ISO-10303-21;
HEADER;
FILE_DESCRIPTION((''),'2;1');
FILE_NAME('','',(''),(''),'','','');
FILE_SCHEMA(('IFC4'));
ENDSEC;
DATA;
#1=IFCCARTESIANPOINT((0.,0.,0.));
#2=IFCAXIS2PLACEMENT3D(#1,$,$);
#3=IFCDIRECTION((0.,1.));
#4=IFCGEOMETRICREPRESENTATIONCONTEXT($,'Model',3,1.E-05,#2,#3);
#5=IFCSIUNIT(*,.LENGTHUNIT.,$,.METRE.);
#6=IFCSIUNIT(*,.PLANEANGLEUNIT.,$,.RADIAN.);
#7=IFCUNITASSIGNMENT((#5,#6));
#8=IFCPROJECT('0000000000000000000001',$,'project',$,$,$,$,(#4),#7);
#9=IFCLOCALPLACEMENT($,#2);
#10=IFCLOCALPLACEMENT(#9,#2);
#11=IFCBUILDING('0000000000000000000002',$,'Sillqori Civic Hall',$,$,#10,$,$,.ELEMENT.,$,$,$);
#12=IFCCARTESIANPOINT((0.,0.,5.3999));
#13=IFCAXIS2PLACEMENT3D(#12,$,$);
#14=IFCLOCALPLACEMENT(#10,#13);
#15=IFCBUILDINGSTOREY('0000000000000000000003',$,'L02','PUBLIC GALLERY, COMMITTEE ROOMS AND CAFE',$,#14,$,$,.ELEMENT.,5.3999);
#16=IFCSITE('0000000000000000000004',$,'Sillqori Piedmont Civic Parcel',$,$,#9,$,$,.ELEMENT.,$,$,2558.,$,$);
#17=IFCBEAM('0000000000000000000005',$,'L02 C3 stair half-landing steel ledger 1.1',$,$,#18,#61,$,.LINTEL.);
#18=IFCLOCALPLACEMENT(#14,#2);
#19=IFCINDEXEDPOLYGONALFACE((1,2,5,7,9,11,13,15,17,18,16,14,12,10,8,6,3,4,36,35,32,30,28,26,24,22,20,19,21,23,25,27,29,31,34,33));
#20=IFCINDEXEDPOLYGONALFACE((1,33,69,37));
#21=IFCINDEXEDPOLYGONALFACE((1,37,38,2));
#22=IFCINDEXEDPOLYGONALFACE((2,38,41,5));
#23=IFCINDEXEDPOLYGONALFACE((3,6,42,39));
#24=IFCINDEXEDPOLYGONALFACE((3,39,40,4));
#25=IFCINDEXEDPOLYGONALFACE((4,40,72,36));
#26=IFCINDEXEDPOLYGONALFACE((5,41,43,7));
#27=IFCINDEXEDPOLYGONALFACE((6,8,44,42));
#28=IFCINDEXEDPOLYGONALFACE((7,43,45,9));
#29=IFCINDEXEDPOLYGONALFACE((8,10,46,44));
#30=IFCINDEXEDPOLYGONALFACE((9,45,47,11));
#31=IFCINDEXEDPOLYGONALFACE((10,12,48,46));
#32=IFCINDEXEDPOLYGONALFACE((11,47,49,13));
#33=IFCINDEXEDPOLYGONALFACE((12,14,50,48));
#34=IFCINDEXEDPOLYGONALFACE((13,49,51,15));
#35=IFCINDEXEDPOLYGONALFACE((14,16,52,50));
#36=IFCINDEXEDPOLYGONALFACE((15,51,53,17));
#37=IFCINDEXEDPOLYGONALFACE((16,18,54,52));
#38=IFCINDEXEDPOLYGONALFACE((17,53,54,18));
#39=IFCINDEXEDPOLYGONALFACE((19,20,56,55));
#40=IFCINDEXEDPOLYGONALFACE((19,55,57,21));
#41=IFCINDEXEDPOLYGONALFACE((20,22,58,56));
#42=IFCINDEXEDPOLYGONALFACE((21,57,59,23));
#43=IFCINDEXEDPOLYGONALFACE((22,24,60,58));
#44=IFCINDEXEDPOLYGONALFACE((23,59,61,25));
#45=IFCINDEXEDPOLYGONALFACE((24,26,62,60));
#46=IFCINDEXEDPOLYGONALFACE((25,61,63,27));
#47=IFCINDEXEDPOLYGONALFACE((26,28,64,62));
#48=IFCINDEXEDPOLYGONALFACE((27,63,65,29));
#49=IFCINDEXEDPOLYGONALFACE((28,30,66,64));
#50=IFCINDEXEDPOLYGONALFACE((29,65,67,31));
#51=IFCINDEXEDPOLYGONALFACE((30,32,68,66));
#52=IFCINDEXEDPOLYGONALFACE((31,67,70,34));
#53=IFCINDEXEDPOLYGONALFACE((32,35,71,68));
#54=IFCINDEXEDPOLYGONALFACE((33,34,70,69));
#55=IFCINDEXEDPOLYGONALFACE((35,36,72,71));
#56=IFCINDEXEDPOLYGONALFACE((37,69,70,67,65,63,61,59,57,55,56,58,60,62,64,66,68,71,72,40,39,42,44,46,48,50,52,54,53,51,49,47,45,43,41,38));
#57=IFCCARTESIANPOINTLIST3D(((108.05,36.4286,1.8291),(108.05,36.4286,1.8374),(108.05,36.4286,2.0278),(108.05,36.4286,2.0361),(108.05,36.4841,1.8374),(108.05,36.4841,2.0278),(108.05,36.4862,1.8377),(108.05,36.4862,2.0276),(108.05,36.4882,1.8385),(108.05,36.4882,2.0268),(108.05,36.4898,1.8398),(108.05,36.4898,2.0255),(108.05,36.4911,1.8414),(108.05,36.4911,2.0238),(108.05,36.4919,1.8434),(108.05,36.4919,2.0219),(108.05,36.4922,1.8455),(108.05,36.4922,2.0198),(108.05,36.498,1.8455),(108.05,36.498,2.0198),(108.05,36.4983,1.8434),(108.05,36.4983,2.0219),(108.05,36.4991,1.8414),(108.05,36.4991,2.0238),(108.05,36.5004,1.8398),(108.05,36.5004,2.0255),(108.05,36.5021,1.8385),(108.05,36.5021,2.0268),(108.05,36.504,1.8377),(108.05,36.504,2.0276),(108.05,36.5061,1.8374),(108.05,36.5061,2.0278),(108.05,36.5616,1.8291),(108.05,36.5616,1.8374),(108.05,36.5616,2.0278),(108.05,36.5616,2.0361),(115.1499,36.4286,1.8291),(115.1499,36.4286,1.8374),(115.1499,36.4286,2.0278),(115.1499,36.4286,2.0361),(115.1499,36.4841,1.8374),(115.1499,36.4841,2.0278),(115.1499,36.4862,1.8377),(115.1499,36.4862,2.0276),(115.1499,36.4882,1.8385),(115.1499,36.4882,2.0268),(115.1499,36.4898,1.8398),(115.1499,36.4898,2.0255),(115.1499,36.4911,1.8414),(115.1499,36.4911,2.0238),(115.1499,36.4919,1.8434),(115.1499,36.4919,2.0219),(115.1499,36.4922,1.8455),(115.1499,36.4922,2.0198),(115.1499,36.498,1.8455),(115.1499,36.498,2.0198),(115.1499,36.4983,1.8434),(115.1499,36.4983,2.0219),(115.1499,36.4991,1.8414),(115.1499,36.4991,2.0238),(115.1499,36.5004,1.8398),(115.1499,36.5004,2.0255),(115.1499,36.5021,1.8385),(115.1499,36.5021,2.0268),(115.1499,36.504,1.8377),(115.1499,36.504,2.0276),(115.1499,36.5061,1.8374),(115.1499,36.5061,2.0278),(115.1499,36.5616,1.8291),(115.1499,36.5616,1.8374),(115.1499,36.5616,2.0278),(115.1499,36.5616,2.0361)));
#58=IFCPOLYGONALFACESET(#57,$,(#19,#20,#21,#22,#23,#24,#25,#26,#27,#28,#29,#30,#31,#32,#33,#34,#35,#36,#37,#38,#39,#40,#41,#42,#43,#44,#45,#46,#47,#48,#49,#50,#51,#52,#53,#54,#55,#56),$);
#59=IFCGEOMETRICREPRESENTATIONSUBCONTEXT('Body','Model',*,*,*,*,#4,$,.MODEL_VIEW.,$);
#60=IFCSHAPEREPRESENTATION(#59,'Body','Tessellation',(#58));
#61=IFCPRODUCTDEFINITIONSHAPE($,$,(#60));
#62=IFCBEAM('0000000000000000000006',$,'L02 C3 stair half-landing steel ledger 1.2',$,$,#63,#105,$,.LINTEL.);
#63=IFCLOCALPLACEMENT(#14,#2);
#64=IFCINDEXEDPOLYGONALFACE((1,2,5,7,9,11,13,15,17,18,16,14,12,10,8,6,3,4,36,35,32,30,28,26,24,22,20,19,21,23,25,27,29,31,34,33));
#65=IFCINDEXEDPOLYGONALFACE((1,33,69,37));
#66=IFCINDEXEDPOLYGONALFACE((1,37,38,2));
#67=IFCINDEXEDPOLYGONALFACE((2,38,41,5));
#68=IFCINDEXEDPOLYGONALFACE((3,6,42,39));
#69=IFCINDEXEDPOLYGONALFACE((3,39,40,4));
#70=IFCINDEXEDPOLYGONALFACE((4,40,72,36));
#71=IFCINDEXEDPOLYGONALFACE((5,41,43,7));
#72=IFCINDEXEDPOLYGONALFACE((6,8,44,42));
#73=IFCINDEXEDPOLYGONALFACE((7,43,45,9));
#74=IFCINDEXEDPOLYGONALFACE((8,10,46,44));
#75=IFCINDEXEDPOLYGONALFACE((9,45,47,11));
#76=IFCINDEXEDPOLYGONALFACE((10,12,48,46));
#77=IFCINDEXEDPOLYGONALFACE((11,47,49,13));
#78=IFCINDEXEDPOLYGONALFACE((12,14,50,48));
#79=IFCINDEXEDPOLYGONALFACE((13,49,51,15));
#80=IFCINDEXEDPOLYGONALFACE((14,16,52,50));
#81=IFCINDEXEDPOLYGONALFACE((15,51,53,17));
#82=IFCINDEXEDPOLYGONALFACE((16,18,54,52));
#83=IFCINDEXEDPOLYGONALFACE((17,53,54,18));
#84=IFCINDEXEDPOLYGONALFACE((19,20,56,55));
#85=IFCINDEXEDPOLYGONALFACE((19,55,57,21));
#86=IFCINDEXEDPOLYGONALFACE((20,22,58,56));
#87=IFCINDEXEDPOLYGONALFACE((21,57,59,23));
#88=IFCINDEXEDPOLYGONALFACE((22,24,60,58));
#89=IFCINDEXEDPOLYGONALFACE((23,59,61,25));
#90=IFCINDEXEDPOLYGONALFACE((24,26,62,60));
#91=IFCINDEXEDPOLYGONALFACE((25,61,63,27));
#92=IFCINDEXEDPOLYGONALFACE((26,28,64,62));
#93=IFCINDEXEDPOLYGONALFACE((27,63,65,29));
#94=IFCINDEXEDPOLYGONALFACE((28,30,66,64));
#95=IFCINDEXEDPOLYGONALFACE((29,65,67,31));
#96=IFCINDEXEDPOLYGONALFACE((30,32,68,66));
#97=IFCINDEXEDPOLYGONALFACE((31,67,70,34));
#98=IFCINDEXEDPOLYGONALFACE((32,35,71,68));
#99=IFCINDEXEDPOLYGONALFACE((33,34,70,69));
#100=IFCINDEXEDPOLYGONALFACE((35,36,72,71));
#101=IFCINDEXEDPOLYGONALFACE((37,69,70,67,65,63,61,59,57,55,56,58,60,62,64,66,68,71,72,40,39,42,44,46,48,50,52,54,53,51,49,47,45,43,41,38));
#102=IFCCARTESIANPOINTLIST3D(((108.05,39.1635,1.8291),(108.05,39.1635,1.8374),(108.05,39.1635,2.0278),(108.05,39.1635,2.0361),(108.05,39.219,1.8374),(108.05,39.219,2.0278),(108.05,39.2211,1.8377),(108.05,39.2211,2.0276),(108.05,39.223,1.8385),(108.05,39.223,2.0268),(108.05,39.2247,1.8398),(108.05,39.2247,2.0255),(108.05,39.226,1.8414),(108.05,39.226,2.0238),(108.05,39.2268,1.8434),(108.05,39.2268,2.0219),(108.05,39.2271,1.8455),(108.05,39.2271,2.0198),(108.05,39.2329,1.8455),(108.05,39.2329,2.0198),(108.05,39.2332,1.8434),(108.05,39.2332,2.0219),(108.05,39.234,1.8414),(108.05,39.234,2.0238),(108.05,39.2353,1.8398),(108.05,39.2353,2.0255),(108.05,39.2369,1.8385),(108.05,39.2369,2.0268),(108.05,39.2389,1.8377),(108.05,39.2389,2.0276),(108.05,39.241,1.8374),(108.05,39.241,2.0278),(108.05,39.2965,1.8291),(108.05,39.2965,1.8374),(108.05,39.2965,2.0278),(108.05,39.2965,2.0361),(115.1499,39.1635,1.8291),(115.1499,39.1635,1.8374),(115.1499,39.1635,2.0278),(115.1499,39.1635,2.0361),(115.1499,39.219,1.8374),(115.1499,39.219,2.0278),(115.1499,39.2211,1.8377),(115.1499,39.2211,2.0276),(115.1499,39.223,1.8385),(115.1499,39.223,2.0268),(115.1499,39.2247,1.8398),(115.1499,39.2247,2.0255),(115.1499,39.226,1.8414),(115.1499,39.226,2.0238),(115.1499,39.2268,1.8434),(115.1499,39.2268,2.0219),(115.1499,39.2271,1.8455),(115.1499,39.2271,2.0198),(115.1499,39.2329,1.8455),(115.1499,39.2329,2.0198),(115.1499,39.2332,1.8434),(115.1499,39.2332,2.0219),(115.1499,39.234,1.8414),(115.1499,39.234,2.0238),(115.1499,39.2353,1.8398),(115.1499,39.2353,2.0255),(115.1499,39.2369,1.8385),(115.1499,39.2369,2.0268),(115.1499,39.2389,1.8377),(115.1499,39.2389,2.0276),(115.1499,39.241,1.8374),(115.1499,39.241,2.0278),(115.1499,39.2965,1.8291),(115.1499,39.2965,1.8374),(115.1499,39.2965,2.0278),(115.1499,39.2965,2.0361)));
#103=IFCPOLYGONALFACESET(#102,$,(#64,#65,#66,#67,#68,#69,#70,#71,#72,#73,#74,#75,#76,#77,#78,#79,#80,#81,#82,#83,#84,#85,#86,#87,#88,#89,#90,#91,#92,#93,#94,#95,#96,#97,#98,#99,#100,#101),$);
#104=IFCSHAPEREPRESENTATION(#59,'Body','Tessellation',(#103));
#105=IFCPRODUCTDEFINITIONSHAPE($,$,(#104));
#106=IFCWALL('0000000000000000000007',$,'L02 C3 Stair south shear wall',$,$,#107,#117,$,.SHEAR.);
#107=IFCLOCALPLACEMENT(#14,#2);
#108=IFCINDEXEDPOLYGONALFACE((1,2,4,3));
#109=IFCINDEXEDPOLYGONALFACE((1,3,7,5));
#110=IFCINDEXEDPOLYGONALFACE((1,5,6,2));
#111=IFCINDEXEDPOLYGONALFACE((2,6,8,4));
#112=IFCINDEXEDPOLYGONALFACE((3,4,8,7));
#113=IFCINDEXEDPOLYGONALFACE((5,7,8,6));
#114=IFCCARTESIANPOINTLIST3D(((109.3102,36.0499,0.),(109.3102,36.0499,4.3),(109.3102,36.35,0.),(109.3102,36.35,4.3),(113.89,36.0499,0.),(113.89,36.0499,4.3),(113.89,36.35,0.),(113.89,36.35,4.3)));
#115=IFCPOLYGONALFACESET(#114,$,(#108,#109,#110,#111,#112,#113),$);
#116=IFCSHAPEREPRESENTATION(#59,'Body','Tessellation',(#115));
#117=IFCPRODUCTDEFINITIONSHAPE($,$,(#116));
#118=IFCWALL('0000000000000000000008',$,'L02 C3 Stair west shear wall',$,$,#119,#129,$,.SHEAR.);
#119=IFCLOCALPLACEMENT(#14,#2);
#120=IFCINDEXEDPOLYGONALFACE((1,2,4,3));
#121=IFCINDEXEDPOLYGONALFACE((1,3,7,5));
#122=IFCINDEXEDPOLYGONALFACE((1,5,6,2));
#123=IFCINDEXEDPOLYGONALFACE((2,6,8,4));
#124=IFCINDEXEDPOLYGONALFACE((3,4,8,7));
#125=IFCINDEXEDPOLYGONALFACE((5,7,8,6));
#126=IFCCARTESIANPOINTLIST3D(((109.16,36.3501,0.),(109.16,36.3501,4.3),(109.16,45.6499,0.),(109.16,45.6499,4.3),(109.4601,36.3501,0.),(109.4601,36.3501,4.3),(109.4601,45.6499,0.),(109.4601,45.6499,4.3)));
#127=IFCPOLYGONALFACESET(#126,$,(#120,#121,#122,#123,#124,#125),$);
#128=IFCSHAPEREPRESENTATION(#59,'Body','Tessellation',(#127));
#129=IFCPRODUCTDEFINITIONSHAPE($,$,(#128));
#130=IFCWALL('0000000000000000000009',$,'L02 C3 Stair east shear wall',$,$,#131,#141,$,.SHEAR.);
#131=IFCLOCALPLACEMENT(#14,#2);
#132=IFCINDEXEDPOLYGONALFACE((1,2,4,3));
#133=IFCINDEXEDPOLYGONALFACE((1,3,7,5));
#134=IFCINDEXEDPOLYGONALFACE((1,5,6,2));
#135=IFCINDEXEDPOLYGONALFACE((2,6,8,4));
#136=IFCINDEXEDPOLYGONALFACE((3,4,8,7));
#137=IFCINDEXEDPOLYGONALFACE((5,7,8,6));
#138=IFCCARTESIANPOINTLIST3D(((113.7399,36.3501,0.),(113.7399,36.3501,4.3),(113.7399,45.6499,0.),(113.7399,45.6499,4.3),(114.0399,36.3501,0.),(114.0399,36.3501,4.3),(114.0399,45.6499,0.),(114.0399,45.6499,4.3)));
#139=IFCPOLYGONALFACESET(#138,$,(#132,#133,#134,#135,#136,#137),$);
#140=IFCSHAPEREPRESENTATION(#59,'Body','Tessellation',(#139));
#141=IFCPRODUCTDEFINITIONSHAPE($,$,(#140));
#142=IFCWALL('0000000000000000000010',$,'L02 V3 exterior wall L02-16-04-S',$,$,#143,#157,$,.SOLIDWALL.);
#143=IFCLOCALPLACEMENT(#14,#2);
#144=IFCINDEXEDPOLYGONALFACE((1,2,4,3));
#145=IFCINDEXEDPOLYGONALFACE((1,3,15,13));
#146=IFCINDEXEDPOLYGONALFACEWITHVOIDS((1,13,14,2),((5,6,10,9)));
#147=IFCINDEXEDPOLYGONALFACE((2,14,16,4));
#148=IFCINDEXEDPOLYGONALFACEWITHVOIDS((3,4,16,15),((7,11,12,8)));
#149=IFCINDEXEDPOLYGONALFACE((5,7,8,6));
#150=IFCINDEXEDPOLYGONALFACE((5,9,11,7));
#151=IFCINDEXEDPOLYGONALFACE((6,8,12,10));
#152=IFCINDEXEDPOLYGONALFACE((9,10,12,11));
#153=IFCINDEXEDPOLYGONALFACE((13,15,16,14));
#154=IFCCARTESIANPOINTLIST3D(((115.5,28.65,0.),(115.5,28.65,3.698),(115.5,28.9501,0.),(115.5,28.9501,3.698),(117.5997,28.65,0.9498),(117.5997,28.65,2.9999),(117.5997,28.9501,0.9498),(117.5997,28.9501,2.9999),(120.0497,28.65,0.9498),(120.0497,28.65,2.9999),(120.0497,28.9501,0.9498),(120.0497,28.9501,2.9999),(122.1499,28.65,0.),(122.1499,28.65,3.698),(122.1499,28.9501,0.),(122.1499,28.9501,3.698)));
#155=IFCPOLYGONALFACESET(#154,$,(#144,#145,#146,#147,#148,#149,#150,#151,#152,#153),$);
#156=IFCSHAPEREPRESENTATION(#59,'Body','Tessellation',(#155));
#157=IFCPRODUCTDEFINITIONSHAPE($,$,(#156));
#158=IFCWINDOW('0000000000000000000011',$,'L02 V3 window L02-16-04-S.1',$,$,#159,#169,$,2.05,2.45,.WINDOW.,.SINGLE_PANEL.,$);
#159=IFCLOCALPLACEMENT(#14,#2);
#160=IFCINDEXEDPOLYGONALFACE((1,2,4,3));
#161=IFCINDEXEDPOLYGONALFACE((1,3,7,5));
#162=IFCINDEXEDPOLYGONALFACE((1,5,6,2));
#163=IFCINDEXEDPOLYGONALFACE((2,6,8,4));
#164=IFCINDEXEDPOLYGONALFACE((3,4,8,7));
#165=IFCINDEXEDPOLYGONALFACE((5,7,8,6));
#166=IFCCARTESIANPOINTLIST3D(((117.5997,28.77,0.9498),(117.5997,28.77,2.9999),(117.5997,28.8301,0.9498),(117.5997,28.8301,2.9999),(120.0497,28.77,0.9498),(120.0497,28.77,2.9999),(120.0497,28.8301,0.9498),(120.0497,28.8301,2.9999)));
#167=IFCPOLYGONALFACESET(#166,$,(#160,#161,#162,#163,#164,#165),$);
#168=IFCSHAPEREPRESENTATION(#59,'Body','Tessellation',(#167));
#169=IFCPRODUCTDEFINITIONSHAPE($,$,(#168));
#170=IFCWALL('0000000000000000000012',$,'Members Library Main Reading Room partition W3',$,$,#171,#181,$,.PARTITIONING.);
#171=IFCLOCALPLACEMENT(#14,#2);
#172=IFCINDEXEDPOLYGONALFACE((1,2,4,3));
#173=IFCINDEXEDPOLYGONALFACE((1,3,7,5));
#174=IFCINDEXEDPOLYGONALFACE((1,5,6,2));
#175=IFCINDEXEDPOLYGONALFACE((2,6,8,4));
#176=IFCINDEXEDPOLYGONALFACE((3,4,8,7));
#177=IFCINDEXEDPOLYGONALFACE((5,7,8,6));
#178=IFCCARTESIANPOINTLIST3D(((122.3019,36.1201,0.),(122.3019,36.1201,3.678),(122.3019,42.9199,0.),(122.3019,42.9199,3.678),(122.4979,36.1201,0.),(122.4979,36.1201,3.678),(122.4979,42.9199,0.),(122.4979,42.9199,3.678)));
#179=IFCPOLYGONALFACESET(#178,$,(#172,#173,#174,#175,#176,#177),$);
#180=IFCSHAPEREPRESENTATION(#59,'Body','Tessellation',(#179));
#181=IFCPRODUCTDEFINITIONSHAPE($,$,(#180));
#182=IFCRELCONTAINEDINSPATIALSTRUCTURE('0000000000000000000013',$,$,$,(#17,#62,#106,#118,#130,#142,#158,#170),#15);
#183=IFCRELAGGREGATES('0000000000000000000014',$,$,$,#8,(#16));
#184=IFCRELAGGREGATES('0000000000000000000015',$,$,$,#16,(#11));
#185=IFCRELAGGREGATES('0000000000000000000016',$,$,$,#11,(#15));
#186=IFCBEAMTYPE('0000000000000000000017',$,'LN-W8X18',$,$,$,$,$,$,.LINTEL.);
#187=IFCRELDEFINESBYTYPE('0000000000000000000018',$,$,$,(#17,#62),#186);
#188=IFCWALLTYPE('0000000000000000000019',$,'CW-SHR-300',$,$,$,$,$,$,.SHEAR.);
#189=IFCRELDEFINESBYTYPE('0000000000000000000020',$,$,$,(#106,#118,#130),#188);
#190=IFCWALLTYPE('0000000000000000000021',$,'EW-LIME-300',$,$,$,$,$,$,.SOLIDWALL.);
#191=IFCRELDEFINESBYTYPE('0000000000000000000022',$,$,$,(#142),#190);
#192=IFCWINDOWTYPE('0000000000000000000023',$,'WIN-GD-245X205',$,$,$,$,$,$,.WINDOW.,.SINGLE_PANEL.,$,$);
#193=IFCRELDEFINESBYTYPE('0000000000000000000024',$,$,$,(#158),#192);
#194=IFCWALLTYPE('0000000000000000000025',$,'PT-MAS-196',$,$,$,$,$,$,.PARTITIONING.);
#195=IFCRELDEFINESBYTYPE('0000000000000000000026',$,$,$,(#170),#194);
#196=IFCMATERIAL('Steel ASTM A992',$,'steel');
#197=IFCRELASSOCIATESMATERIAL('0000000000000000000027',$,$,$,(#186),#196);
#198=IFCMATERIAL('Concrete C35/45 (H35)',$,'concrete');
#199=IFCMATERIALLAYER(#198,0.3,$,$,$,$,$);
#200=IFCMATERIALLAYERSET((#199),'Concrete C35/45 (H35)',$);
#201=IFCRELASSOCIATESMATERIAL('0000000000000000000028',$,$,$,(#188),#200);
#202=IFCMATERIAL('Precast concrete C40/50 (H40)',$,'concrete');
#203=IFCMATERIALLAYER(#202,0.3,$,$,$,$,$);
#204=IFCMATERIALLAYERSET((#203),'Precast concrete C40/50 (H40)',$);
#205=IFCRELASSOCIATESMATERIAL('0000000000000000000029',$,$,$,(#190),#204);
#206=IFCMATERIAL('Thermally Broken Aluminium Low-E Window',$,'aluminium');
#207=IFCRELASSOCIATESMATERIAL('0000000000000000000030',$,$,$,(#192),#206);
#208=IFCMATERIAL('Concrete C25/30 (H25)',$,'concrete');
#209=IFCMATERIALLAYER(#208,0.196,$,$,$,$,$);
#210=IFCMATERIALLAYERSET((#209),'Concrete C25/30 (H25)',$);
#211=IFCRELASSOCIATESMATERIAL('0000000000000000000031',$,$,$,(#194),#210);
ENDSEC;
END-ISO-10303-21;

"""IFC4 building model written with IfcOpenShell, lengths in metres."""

from ifc_helpers import new_model, si_unit, direction, frame, frame_2d, origin, origin_2d, place, context, subcontext, project, spatial, rectangle, i_section, extrude, material, layer, layer_set, material_profile, profile_set, type_object, element, fill, save


model = new_model("IFC4")

# Units and contexts
model_context = context("Model", 3, precision=1e-05, world=origin(), true_north=direction((0.0, 1.0)))
body_context = subcontext(model_context, "Body", "Model", "MODEL_VIEW")
ifc_project = project(units=[si_unit("LENGTHUNIT", "METRE"), si_unit("PLANEANGLEUNIT", "RADIAN")], contexts=[model_context])

# Site, building, storey
site_placement = place(None, origin())
site = spatial("IfcSite", under=ifc_project, at=site_placement, Name="Sillqori Piedmont Civic Parcel", CompositionType="ELEMENT", RefElevation=2558.0)
building_placement = place(site_placement, origin())
building = spatial("IfcBuilding", under=site, at=building_placement, Name="Sillqori Civic Hall", CompositionType="ELEMENT")
storey_placement = place(building_placement, frame((0.0, 0.0, 5.3999)))
storey = spatial("IfcBuildingStorey", under=building, at=storey_placement, Name="L02", Description="PUBLIC GALLERY, COMMITTEE ROOMS AND CAFE", CompositionType="ELEMENT", Elevation=5.3999)

# Shared definitions
ifc_material_1 = material(Name="Concrete C35/45 (H35)", Category="concrete")
ifc_material_2 = material(Name="Steel ASTM A992", Category="steel")

# Beams
ifc_material_profile_1 = material_profile(ifc_material_2, i_section(OverallWidth=0.1331, OverallDepth=0.207, WebThickness=0.0059, FlangeThickness=0.0083, FilletRadius=0.0081, at=origin_2d()), Name="W8X18")
ifc_profile_set_1 = profile_set([ifc_material_profile_1], Name="Steel ASTM A992")
beam_type_1 = type_object("IfcBeamType", Name="LN-W8X18", PredefinedType="LINTEL", material=ifc_profile_set_1)
for number, where, z_axis, x_axis, name in (
    (1, (108.05, 36.4951, 1.9326), (1.0, 0.0, 0.0), (0.0, 1.0, 0.0), "L02 C3 stair half-landing steel ledger 1.1"),
    (2, (108.05, 39.23, 1.9326), (1.0, 0.0, 0.0), (0.0, 1.0, 0.0), "L02 C3 stair half-landing steel ledger 1.2"),
):
    element("IfcBeam", number, at=place(storey_placement, frame(where, z_axis=z_axis, x_axis=x_axis)), inside=storey, type_object=beam_type_1, Name=name, PredefinedType="LINTEL", context=body_context, shape_type="SweptSolid", body=[
        extrude(i_section(OverallWidth=0.1331, OverallDepth=0.207, WebThickness=0.0059, FlangeThickness=0.0083, FilletRadius=0.0081, at=origin_2d()), origin(), (0.0, 0.0, 1.0), 7.0999),
    ])

# Walls
ifc_layer_1 = layer(ifc_material_1, 0.3)
ifc_layer_set_1 = layer_set([ifc_layer_1], Name="Concrete C35/45 (H35)")
wall_type_1 = type_object("IfcWallType", Name="CW-SHR-300", PredefinedType="SHEAR", material=ifc_layer_set_1)
wall_1_placement = place(storey_placement, frame((109.3101, 36.2, 0.0), z_axis=(0.0, 0.0, 1.0), x_axis=(1.0, 0.0, 0.0)))
element("IfcWall", 3, at=wall_1_placement, inside=storey, type_object=wall_type_1, Name="L02 C3 Stair south shear wall", PredefinedType="SHEAR", context=body_context, shape_type="SweptSolid", body=[
    extrude(rectangle(XDim=4.5798, YDim=0.3, at=frame_2d((2.29, 0.0))), origin(), (0.0, 0.0, 1.0), 4.3),
])
for number, where, z_axis, x_axis, name in (
    (4, (109.3101, 36.3501, 0.0), (0.0, 0.0, 1.0), (0.0, 1.0, 0.0), "L02 C3 Stair west shear wall"),
    (5, (113.8899, 36.3501, 0.0), (0.0, 0.0, 1.0), (0.0, 1.0, 0.0), "L02 C3 Stair east shear wall"),
):
    element("IfcWall", number, at=place(storey_placement, frame(where, z_axis=z_axis, x_axis=x_axis)), inside=storey, type_object=wall_type_1, Name=name, PredefinedType="SHEAR", context=body_context, shape_type="SweptSolid", body=[
        extrude(rectangle(XDim=9.2998, YDim=0.3, at=frame_2d((4.6499, 0.0))), origin(), (0.0, 0.0, 1.0), 4.3),
    ])

# Wall, opening, window
ifc_material_3 = material(Name="Precast concrete C40/50 (H40)", Category="concrete")
ifc_layer_2 = layer(ifc_material_3, 0.3)
ifc_layer_set_2 = layer_set([ifc_layer_2], Name="Precast concrete C40/50 (H40)")
wall_type_2 = type_object("IfcWallType", Name="EW-LIME-300", PredefinedType="SOLIDWALL", material=ifc_layer_set_2)
wall_2_placement = place(storey_placement, frame((122.1499, 28.8, 0.0), z_axis=(0.0, 0.0, 1.0), x_axis=(-1.0, 0.0, 0.0)))
wall_2 = element("IfcWall", 6, at=wall_2_placement, inside=storey, type_object=wall_type_2, Name="L02 V3 exterior wall L02-16-04-S", PredefinedType="SOLIDWALL", context=body_context, shape_type="SweptSolid", body=[
    extrude(rectangle(XDim=6.6499, YDim=0.3, at=frame_2d((3.325, 0.0))), origin(), (0.0, 0.0, 1.0), 3.698),
])
opening_placement = place(wall_2_placement, frame((2.1001, 0.0, 0.95)))
opening = element("IfcOpeningElement", 7, at=opening_placement, cuts=wall_2, PredefinedType="OPENING", context=body_context, shape_type="SweptSolid", body=[
    extrude(rectangle(XDim=2.45, YDim=2.05, at=frame_2d((1.2251, 1.0249))), frame((0.0, 0.1599, 0.0), z_axis=(0.0, -1.0, 0.0), x_axis=(1.0, 0.0, 0.0)), (0.0, 0.0, 1.0), 0.3201),
])
ifc_material_4 = material(Name="Thermally Broken Aluminium Low-E Window", Category="aluminium")
window_type = type_object("IfcWindowType", Name="WIN-GD-245X205", PartitioningType="SINGLE_PANEL", PredefinedType="WINDOW", material=ifc_material_4)
window_placement = place(opening_placement, origin())
window = element("IfcWindow", 8, at=window_placement, inside=storey, type_object=window_type, Name="L02 V3 window L02-16-04-S.1", OverallHeight=2.05, OverallWidth=2.45, PartitioningType="SINGLE_PANEL", PredefinedType="WINDOW", context=body_context, shape_type="SweptSolid", body=[
    extrude(rectangle(XDim=2.45, YDim=2.05, at=frame_2d((1.2251, 1.0249))), frame((0.0, 0.03, 0.0), z_axis=(0.0, -1.0, 0.0), x_axis=(1.0, 0.0, 0.0)), (0.0, 0.0, 1.0), 0.0601),
])
fill(opening, window)

# Wall
ifc_material_5 = material(Name="Concrete C25/30 (H25)", Category="concrete")
ifc_layer_3 = layer(ifc_material_5, 0.196)
ifc_layer_set_3 = layer_set([ifc_layer_3], Name="Concrete C25/30 (H25)")
wall_type_3 = type_object("IfcWallType", Name="PT-MAS-196", PredefinedType="PARTITIONING", material=ifc_layer_set_3)
wall_3_placement = place(storey_placement, frame((122.3999, 36.1201, 0.0), z_axis=(0.0, 0.0, 1.0), x_axis=(0.0, 1.0, 0.0)))
element("IfcWall", 9, at=wall_3_placement, inside=storey, type_object=wall_type_3, Name="Members Library Main Reading Room partition W3", PredefinedType="PARTITIONING", context=body_context, shape_type="SweptSolid", body=[
    extrude(rectangle(XDim=6.7998, YDim=0.196, at=frame_2d((3.3999, 0.0))), origin(), (0.0, 0.0, 1.0), 3.678),
])

save(model, "model.ifc")
